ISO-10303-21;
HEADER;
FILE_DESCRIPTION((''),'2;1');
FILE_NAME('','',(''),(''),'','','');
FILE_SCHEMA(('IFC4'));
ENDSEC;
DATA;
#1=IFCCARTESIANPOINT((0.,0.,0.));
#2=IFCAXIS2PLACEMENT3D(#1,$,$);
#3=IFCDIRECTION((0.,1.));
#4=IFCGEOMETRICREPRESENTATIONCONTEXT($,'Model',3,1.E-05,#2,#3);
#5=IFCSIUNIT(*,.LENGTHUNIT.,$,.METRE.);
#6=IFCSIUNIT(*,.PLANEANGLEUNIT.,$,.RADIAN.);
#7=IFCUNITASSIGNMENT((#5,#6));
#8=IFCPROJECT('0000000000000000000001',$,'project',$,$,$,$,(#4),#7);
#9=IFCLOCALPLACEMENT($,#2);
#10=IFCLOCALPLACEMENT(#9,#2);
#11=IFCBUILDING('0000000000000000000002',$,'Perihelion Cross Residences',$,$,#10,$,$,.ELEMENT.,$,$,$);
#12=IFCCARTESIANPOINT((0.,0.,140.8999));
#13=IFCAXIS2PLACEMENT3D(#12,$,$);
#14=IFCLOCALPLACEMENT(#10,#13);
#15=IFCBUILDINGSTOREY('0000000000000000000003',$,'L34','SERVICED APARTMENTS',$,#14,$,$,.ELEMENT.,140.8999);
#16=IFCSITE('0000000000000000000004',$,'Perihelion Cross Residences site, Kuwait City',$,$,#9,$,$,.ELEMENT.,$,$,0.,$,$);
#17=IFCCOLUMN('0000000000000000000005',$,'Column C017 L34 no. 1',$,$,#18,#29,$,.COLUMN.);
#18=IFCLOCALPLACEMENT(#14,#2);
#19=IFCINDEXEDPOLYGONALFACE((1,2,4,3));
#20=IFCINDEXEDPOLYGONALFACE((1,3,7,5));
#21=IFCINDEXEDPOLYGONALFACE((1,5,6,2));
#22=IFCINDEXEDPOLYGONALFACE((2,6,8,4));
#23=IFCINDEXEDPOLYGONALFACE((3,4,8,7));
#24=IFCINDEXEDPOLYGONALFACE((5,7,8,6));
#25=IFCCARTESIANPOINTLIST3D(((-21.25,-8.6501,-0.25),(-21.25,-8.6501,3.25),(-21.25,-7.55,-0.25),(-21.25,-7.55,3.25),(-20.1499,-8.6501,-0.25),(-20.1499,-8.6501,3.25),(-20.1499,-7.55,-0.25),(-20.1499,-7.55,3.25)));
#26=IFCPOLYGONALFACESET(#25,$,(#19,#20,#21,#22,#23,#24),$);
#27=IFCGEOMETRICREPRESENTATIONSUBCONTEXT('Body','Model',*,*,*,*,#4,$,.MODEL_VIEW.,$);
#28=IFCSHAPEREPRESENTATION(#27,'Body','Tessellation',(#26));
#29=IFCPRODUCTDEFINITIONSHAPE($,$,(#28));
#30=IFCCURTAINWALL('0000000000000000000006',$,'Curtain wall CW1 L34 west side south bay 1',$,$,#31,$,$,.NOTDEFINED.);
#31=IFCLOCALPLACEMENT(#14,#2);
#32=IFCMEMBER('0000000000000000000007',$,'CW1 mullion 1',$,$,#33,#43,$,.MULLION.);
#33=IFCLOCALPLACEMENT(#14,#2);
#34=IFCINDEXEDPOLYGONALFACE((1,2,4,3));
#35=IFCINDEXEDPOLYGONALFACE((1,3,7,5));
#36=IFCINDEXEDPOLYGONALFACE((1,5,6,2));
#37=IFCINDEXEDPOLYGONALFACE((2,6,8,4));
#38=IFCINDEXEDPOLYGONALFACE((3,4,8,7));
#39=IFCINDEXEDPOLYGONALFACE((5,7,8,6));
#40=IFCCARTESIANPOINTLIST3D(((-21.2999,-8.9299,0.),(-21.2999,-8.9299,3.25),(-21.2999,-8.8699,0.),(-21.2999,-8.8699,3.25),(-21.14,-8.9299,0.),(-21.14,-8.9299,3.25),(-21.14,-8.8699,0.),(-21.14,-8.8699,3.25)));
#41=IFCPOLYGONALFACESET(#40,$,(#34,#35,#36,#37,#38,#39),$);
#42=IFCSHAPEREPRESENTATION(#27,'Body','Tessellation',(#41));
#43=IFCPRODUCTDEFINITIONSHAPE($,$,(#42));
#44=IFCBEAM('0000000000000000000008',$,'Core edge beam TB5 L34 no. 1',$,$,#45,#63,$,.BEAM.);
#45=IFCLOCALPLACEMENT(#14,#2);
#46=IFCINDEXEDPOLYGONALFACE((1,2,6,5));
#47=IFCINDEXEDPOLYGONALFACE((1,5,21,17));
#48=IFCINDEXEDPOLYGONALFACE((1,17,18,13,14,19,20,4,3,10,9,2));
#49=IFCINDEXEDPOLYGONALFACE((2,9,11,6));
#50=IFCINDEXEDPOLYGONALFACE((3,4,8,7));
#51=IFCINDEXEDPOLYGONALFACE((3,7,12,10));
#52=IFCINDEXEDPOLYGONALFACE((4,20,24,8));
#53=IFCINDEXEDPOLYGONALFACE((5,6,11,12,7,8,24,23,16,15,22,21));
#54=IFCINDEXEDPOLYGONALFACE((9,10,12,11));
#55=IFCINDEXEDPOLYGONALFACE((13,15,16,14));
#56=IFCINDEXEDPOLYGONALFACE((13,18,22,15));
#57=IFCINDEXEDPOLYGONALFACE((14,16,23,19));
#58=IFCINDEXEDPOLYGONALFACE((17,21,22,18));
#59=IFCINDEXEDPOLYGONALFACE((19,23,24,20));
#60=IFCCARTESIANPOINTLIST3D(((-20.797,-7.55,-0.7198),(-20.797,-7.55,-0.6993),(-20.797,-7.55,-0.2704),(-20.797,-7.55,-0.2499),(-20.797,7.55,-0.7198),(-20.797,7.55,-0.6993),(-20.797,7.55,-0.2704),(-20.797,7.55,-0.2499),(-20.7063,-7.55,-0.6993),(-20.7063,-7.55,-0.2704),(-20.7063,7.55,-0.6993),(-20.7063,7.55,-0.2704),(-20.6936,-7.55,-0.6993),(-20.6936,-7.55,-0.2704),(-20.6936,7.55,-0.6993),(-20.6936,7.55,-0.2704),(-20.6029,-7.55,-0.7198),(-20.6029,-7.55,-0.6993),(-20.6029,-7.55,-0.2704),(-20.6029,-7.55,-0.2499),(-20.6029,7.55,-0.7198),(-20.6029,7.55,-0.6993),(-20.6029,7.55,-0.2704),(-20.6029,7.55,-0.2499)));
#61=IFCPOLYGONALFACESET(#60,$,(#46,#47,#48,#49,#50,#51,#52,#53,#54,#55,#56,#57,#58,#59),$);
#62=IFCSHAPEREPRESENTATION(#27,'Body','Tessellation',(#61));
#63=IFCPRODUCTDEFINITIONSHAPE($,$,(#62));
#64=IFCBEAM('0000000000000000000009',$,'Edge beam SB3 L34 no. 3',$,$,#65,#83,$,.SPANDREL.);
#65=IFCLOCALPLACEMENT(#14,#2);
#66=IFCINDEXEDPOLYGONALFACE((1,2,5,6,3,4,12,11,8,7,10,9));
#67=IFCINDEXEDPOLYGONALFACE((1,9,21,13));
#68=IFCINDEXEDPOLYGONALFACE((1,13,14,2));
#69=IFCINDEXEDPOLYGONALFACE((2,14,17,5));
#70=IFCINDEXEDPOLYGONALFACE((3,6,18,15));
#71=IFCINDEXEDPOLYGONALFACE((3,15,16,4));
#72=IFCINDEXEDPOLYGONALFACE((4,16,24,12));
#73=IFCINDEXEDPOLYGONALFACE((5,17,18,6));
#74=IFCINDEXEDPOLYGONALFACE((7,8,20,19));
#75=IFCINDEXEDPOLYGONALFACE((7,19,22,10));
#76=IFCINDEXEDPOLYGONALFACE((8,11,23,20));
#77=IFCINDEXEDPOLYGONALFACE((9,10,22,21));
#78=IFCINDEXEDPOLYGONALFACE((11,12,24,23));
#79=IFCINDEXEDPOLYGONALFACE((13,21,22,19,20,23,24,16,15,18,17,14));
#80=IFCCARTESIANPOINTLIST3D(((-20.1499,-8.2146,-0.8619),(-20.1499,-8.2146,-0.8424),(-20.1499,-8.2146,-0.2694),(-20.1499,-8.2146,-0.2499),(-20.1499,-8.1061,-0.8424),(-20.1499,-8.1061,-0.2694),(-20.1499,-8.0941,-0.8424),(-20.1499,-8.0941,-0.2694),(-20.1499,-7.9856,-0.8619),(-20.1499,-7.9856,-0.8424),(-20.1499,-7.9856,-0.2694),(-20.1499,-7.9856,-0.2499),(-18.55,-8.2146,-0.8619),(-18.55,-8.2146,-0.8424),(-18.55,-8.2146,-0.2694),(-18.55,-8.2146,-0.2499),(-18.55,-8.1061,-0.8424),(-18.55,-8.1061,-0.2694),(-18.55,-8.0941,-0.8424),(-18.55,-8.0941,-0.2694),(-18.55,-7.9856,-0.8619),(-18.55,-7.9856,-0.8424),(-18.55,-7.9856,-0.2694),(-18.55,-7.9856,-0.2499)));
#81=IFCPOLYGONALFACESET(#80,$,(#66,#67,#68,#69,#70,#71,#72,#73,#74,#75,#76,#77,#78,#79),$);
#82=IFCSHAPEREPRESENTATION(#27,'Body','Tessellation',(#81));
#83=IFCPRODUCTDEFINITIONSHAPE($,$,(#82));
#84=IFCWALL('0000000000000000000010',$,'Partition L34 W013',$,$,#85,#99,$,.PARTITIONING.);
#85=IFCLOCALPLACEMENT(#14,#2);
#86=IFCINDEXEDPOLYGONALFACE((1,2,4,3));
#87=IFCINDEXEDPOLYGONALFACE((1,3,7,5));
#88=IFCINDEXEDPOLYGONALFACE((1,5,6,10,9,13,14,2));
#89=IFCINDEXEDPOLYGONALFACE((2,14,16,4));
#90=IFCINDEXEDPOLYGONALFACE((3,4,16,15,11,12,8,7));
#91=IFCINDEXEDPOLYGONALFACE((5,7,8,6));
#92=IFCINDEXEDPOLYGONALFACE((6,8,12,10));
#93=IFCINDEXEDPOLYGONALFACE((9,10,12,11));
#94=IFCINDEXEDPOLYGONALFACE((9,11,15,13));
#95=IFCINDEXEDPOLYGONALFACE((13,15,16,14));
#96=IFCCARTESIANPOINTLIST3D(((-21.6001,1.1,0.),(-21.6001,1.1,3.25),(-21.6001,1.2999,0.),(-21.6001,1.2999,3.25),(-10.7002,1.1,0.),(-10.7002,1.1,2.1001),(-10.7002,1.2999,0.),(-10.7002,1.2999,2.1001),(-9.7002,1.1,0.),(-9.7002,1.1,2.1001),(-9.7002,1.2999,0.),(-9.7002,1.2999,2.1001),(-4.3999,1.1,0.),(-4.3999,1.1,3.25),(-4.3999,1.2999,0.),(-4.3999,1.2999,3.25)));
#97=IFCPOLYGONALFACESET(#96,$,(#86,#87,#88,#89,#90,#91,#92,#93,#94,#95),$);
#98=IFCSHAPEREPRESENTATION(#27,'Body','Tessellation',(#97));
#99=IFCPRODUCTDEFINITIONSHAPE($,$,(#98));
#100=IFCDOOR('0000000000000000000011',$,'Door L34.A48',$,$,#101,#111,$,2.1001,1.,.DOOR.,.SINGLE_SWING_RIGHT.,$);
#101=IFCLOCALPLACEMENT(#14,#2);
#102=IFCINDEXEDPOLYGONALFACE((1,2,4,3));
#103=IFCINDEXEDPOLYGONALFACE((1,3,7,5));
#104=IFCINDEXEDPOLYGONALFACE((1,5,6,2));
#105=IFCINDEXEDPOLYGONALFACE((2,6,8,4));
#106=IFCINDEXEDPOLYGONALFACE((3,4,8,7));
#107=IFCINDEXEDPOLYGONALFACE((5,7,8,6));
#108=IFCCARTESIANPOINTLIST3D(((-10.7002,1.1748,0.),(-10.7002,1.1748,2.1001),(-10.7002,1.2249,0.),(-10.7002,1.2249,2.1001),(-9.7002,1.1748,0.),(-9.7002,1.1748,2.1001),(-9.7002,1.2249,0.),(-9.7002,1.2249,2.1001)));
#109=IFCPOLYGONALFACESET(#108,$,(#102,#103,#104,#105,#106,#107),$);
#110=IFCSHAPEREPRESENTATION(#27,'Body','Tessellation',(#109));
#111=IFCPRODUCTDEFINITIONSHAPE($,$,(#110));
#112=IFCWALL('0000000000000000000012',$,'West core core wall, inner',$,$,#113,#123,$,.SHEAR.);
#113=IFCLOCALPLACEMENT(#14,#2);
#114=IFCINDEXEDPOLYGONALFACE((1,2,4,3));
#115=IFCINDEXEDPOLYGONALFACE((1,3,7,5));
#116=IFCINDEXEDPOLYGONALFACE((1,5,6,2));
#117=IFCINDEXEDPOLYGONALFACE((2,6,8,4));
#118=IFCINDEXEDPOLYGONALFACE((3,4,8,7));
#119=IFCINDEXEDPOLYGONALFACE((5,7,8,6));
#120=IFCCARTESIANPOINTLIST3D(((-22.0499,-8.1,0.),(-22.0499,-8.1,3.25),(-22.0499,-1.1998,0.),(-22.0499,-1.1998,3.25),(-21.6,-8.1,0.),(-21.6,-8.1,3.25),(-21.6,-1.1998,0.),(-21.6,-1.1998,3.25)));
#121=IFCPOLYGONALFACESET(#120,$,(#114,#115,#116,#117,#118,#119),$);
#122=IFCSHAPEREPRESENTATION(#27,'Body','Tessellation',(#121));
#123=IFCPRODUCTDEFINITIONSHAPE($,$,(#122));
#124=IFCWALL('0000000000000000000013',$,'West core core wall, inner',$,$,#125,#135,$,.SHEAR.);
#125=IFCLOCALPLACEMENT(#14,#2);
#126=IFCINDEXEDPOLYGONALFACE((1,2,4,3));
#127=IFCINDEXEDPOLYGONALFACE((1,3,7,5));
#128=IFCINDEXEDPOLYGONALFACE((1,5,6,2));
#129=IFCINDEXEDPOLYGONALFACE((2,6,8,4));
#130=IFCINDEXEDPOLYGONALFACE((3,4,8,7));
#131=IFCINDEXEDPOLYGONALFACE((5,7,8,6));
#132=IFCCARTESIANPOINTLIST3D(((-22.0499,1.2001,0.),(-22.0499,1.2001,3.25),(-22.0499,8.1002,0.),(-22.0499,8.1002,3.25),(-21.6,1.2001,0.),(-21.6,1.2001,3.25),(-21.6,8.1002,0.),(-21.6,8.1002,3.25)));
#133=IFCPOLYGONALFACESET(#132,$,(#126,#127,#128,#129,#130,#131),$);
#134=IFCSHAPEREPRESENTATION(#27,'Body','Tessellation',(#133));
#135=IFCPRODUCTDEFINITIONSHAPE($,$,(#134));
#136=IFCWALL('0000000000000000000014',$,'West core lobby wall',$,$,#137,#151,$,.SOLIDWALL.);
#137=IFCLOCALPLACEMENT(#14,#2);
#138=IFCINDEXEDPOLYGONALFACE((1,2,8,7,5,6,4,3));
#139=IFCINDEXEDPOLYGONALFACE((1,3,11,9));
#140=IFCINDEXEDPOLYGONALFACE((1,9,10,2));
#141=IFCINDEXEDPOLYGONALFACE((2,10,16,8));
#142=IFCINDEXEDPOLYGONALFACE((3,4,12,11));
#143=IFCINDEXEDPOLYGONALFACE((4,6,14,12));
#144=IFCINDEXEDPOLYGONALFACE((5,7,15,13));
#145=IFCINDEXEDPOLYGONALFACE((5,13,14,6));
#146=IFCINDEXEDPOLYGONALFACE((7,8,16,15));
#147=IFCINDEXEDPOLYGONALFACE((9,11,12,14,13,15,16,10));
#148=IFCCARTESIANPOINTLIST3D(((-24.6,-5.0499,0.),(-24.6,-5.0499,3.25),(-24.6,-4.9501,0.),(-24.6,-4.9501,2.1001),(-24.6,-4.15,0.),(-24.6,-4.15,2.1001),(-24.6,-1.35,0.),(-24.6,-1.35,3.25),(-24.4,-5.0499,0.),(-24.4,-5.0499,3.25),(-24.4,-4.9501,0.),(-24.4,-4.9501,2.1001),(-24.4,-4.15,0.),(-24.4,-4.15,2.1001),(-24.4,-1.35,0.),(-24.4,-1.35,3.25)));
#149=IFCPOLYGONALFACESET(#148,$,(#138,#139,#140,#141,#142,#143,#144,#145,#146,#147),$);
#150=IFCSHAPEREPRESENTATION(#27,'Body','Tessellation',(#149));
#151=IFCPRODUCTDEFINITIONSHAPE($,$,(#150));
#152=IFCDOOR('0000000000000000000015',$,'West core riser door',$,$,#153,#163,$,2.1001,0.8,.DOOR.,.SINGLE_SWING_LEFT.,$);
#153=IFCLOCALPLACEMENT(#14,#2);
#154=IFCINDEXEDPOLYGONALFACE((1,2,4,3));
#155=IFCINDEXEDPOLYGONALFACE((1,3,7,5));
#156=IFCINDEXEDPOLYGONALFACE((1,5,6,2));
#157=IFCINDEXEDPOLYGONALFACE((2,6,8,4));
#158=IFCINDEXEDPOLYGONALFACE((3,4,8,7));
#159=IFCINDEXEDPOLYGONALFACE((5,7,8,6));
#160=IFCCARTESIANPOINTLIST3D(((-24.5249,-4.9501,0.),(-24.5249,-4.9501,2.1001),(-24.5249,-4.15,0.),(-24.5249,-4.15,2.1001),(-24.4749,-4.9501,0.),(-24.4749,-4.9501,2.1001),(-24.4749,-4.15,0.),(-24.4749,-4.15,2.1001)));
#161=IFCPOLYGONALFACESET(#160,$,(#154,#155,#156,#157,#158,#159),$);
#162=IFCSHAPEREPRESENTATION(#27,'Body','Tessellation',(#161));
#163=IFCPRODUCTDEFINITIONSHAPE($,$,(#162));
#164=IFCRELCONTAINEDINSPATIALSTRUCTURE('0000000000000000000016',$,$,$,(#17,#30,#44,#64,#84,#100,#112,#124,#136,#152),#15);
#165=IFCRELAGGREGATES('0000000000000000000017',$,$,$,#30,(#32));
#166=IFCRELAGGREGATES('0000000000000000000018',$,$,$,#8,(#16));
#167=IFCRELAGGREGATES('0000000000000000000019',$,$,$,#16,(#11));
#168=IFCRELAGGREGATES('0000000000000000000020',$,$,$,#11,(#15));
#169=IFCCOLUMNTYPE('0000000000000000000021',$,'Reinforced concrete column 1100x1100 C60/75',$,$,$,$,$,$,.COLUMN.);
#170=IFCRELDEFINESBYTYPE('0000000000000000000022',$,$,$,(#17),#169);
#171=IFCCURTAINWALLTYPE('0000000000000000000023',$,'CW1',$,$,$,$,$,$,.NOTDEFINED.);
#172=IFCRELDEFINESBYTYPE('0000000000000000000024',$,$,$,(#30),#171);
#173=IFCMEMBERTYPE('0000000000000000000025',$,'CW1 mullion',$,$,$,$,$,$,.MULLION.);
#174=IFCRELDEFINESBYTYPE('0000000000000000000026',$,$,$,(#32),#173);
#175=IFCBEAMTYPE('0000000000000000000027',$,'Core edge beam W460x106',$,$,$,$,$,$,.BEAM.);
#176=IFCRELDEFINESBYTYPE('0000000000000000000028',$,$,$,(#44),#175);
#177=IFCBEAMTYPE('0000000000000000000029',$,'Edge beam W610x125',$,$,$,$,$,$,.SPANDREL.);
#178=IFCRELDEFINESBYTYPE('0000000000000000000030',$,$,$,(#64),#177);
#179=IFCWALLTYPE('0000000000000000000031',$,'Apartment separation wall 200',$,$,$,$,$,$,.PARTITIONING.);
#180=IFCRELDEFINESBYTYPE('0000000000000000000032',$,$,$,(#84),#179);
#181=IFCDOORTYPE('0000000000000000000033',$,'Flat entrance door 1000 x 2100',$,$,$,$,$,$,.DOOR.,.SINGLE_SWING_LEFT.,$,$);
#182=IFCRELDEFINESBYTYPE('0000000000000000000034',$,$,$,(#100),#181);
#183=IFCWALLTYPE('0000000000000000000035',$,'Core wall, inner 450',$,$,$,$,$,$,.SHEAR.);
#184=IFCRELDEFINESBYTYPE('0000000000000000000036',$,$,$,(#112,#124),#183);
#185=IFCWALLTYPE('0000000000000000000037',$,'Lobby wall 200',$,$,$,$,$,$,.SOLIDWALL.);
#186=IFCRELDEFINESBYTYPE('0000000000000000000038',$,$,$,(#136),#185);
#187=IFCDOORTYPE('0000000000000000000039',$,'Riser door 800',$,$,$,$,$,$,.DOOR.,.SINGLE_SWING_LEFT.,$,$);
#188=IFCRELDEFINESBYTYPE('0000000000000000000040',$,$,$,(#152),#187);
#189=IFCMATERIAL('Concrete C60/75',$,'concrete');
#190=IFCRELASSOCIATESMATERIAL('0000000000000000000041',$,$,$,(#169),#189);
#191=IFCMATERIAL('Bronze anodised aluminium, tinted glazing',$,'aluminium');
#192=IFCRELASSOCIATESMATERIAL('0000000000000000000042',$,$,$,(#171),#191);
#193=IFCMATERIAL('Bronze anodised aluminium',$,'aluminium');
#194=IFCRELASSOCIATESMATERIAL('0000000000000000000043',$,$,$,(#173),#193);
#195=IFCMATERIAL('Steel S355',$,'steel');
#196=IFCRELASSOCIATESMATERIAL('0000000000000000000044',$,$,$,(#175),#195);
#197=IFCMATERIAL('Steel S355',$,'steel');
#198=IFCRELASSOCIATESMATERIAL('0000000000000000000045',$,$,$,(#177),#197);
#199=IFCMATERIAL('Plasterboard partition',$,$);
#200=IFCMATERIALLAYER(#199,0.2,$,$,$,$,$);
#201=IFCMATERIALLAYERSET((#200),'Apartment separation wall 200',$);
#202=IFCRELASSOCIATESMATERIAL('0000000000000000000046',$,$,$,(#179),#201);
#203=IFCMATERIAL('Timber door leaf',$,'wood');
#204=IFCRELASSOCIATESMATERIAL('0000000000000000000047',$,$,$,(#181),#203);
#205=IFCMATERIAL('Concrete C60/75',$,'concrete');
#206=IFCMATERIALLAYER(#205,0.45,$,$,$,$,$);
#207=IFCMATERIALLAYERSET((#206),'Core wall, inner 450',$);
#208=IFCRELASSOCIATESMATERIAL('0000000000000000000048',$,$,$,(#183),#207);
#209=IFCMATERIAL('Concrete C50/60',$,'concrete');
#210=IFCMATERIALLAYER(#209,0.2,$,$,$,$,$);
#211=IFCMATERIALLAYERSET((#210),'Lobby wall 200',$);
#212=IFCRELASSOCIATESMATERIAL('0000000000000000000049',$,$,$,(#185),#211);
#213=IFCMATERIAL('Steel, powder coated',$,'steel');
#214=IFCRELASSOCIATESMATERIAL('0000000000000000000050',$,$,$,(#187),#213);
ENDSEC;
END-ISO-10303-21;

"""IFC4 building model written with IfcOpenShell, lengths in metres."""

from ifc_helpers import new_model, si_unit, direction, frame, frame_2d, origin, origin_2d, place, context, subcontext, project, spatial, rectangle, i_section, extrude, material, layer, layer_set, material_profile, profile_set, type_object, element, fill, aggregate, save


model = new_model("IFC4")

# Units and contexts
model_context = context("Model", 3, precision=1e-05, world=origin(), true_north=direction((0.0, 1.0)))
body_context = subcontext(model_context, "Body", "Model", "MODEL_VIEW")
ifc_project = project(units=[si_unit("LENGTHUNIT", "METRE"), si_unit("PLANEANGLEUNIT", "RADIAN")], contexts=[model_context])

# Site, building, storey
site_placement = place(None, origin())
site = spatial("IfcSite", under=ifc_project, at=site_placement, Name="Perihelion Cross Residences site, Kuwait City", CompositionType="ELEMENT", RefElevation=0.0)
building_placement = place(site_placement, origin())
building = spatial("IfcBuilding", under=site, at=building_placement, Name="Perihelion Cross Residences", CompositionType="ELEMENT")
storey_placement = place(building_placement, frame((0.0, 0.0, 140.8999)))
storey = spatial("IfcBuildingStorey", under=building, at=storey_placement, Name="L34", Description="SERVICED APARTMENTS", CompositionType="ELEMENT", Elevation=140.8999)

# Column
ifc_material_1 = material(Name="Concrete C60/75", Category="concrete")
ifc_material_profile_1 = material_profile(ifc_material_1, rectangle(XDim=1.1001, YDim=1.1001, at=origin_2d()), Name="RC 1100x1100")
ifc_profile_set_1 = profile_set([ifc_material_profile_1], Name="Concrete C60/75")
column_type = type_object("IfcColumnType", Name="Reinforced concrete column 1100x1100 C60/75", PredefinedType="COLUMN", material=ifc_profile_set_1)
column_placement = place(storey_placement, frame((-20.7, -8.1001, -0.25), z_axis=(0.0, 0.0, 1.0), x_axis=(1.0, 0.0, 0.0)))
element("IfcColumn", 1, at=column_placement, inside=storey, type_object=column_type, Name="Column C017 L34 no. 1", PredefinedType="COLUMN", context=body_context, shape_type="SweptSolid", body=[
    extrude(rectangle(XDim=1.1001, YDim=1.1001, at=origin_2d()), origin(), (0.0, 0.0, 1.0), 3.5),
])

# Curtain wall, member
ifc_material_2 = material(Name="Bronze anodised aluminium, tinted glazing", Category="aluminium")
curtain_wall_type = type_object("IfcCurtainWallType", Name="CW1", PredefinedType="NOTDEFINED", material=ifc_material_2)
curtain_wall_placement = place(storey_placement, origin())
curtain_wall = element("IfcCurtainWall", 2, at=curtain_wall_placement, inside=storey, type_object=curtain_wall_type, Name="Curtain wall CW1 L34 west side south bay 1", PredefinedType="NOTDEFINED")
ifc_material_3 = material(Name="Bronze anodised aluminium", Category="aluminium")
ifc_material_profile_2 = material_profile(ifc_material_3, rectangle(XDim=0.0601, YDim=0.1599, at=origin_2d()), Name="CW1 mullion")
ifc_profile_set_2 = profile_set([ifc_material_profile_2], Name="Bronze anodised aluminium")
member_type = type_object("IfcMemberType", Name="CW1 mullion", PredefinedType="MULLION", material=ifc_profile_set_2)
member_placement = place(storey_placement, frame((-21.22, -8.8999, 0.0), z_axis=(0.0, 0.0, 1.0), x_axis=(0.0, 1.0, 0.0)))
member = element("IfcMember", 3, at=member_placement, type_object=member_type, Name="CW1 mullion 1", PredefinedType="MULLION", context=body_context, shape_type="SweptSolid", body=[
    extrude(rectangle(XDim=0.0601, YDim=0.1599, at=origin_2d()), origin(), (0.0, 0.0, 1.0), 3.25),
])
aggregate(curtain_wall, [member])

# Beams
ifc_material_4 = material(Name="Steel S355", Category="steel")
ifc_material_profile_3 = material_profile(ifc_material_4, i_section(OverallWidth=0.1941, OverallDepth=0.47, WebThickness=0.0127, FlangeThickness=0.0205, at=origin_2d()), Name="W460x106")
ifc_profile_set_3 = profile_set([ifc_material_profile_3], Name="Steel S355")
beam_type_1 = type_object("IfcBeamType", Name="Core edge beam W460x106", PredefinedType="BEAM", material=ifc_profile_set_3)
beam_1_placement = place(storey_placement, frame((-20.7, -7.55, -0.4849), z_axis=(0.0, 1.0, 0.0), x_axis=(-1.0, 0.0, 0.0)))
element("IfcBeam", 4, at=beam_1_placement, inside=storey, type_object=beam_type_1, Name="Core edge beam TB5 L34 no. 1", PredefinedType="BEAM", context=body_context, shape_type="SweptSolid", body=[
    extrude(i_section(OverallWidth=0.1941, OverallDepth=0.47, WebThickness=0.0127, FlangeThickness=0.0205, at=origin_2d()), origin(), (0.0, 0.0, 1.0), 15.1001),
])
ifc_material_5 = material(Name="Steel S355", Category="steel")
ifc_material_profile_4 = material_profile(ifc_material_5, i_section(OverallWidth=0.229, OverallDepth=0.6121, WebThickness=0.012, FlangeThickness=0.0195, at=origin_2d()), Name="W610x125")
ifc_profile_set_4 = profile_set([ifc_material_profile_4], Name="Steel S355")
beam_type_2 = type_object("IfcBeamType", Name="Edge beam W610x125", PredefinedType="SPANDREL", material=ifc_profile_set_4)
beam_2_placement = place(storey_placement, frame((-20.1499, -8.1001, -0.5559), z_axis=(1.0, 0.0, 0.0), x_axis=(0.0, 1.0, 0.0)))
element("IfcBeam", 5, at=beam_2_placement, inside=storey, type_object=beam_type_2, Name="Edge beam SB3 L34 no. 3", PredefinedType="SPANDREL", context=body_context, shape_type="SweptSolid", body=[
    extrude(i_section(OverallWidth=0.229, OverallDepth=0.6121, WebThickness=0.012, FlangeThickness=0.0195, at=origin_2d()), origin(), (0.0, 0.0, 1.0), 1.5999),
])

# Wall, opening, door
ifc_material_6 = material(Name="Plasterboard partition")
ifc_layer_1 = layer(ifc_material_6, 0.2)
ifc_layer_set_1 = layer_set([ifc_layer_1], Name="Apartment separation wall 200")
wall_type_1 = type_object("IfcWallType", Name="Apartment separation wall 200", PredefinedType="PARTITIONING", material=ifc_layer_set_1)
wall_1_placement = place(storey_placement, frame((-21.6001, 1.2, 0.0), z_axis=(0.0, 0.0, 1.0), x_axis=(1.0, 0.0, 0.0)))
wall_1 = element("IfcWall", 6, at=wall_1_placement, inside=storey, type_object=wall_type_1, Name="Partition L34 W013", PredefinedType="PARTITIONING", context=body_context, shape_type="SweptSolid", body=[
    extrude(rectangle(XDim=17.2002, YDim=0.2, at=frame_2d((8.6001, 0.0))), origin(), (0.0, 0.0, 1.0), 3.25),
])
opening_1_placement = place(wall_1_placement, frame((10.8999, 0.0, 0.0)))
opening_1 = element("IfcOpeningElement", 7, at=opening_1_placement, cuts=wall_1, PredefinedType="OPENING", context=body_context, shape_type="SweptSolid", body=[
    extrude(rectangle(XDim=1.0, YDim=2.1001, at=frame_2d((0.5, 1.05))), frame((0.0, 0.1099, 0.0), z_axis=(0.0, -1.0, 0.0), x_axis=(1.0, 0.0, 0.0)), (0.0, 0.0, 1.0), 0.22),
])
ifc_material_7 = material(Name="Timber door leaf", Category="wood")
door_type_1 = type_object("IfcDoorType", Name="Flat entrance door 1000 x 2100", OperationType="SINGLE_SWING_LEFT", PredefinedType="DOOR", material=ifc_material_7)
door_1_placement = place(opening_1_placement, origin())
door_1 = element("IfcDoor", 8, at=door_1_placement, inside=storey, type_object=door_type_1, Name="Door L34.A48", OperationType="SINGLE_SWING_RIGHT", OverallHeight=2.1001, OverallWidth=1.0, PredefinedType="DOOR", context=body_context, shape_type="SweptSolid", body=[
    extrude(rectangle(XDim=1.0, YDim=2.1001, at=frame_2d((0.5, 1.05))), frame((0.0, 0.0249, 0.0), z_axis=(0.0, -1.0, 0.0), x_axis=(1.0, 0.0, 0.0)), (0.0, 0.0, 1.0), 0.05),
])
fill(opening_1, door_1)

# Walls
ifc_material_8 = material(Name="Concrete C60/75", Category="concrete")
ifc_layer_2 = layer(ifc_material_8, 0.45)
ifc_layer_set_2 = layer_set([ifc_layer_2], Name="Core wall, inner 450")
wall_type_2 = type_object("IfcWallType", Name="Core wall, inner 450", PredefinedType="SHEAR", material=ifc_layer_set_2)
for number, where, z_axis, x_axis, name in (
    (9, (-21.825, -8.1001, 0.0), (0.0, 0.0, 1.0), (0.0, 1.0, 0.0), "West core core wall, inner"),
    (10, (-21.825, 1.2, 0.0), (0.0, 0.0, 1.0), (0.0, 1.0, 0.0), "West core core wall, inner"),
):
    element("IfcWall", number, at=place(storey_placement, frame(where, z_axis=z_axis, x_axis=x_axis)), inside=storey, type_object=wall_type_2, Name=name, PredefinedType="SHEAR", context=body_context, shape_type="SweptSolid", body=[
        extrude(rectangle(XDim=6.9001, YDim=0.45, at=frame_2d((3.4502, 0.0))), origin(), (0.0, 0.0, 1.0), 3.25),
    ])

# Wall, opening, door
ifc_material_9 = material(Name="Concrete C50/60", Category="concrete")
ifc_layer_3 = layer(ifc_material_9, 0.2)
ifc_layer_set_3 = layer_set([ifc_layer_3], Name="Lobby wall 200")
wall_type_3 = type_object("IfcWallType", Name="Lobby wall 200", PredefinedType="SOLIDWALL", material=ifc_layer_set_3)
wall_2_placement = place(storey_placement, frame((-24.5, -5.05, 0.0), z_axis=(0.0, 0.0, 1.0), x_axis=(0.0, 1.0, 0.0)))
wall_2 = element("IfcWall", 11, at=wall_2_placement, inside=storey, type_object=wall_type_3, Name="West core lobby wall", PredefinedType="SOLIDWALL", context=body_context, shape_type="SweptSolid", body=[
    extrude(rectangle(XDim=3.7, YDim=0.2, at=frame_2d((1.8501, 0.0))), origin(), (0.0, 0.0, 1.0), 3.25),
])
opening_2_placement = place(wall_2_placement, frame((0.1001, 0.0, 0.0)))
opening_2 = element("IfcOpeningElement", 12, at=opening_2_placement, cuts=wall_2, PredefinedType="OPENING", context=body_context, shape_type="SweptSolid", body=[
    extrude(rectangle(XDim=0.8, YDim=2.1001, at=frame_2d((0.3999, 1.05))), frame((0.0, 0.1099, 0.0), z_axis=(0.0, -1.0, 0.0), x_axis=(1.0, 0.0, 0.0)), (0.0, 0.0, 1.0), 0.22),
])
ifc_material_10 = material(Name="Steel, powder coated", Category="steel")
door_type_2 = type_object("IfcDoorType", Name="Riser door 800", OperationType="SINGLE_SWING_LEFT", PredefinedType="DOOR", material=ifc_material_10)
door_2_placement = place(opening_2_placement, origin())
door_2 = element("IfcDoor", 13, at=door_2_placement, inside=storey, type_object=door_type_2, Name="West core riser door", OperationType="SINGLE_SWING_LEFT", OverallHeight=2.1001, OverallWidth=0.8, PredefinedType="DOOR", context=body_context, shape_type="SweptSolid", body=[
    extrude(rectangle(XDim=0.8, YDim=2.1001, at=frame_2d((0.3999, 1.05))), frame((0.0, 0.0249, 0.0), z_axis=(0.0, -1.0, 0.0), x_axis=(1.0, 0.0, 0.0)), (0.0, 0.0, 1.0), 0.05),
])
fill(opening_2, door_2)

save(model, "model.ifc")
